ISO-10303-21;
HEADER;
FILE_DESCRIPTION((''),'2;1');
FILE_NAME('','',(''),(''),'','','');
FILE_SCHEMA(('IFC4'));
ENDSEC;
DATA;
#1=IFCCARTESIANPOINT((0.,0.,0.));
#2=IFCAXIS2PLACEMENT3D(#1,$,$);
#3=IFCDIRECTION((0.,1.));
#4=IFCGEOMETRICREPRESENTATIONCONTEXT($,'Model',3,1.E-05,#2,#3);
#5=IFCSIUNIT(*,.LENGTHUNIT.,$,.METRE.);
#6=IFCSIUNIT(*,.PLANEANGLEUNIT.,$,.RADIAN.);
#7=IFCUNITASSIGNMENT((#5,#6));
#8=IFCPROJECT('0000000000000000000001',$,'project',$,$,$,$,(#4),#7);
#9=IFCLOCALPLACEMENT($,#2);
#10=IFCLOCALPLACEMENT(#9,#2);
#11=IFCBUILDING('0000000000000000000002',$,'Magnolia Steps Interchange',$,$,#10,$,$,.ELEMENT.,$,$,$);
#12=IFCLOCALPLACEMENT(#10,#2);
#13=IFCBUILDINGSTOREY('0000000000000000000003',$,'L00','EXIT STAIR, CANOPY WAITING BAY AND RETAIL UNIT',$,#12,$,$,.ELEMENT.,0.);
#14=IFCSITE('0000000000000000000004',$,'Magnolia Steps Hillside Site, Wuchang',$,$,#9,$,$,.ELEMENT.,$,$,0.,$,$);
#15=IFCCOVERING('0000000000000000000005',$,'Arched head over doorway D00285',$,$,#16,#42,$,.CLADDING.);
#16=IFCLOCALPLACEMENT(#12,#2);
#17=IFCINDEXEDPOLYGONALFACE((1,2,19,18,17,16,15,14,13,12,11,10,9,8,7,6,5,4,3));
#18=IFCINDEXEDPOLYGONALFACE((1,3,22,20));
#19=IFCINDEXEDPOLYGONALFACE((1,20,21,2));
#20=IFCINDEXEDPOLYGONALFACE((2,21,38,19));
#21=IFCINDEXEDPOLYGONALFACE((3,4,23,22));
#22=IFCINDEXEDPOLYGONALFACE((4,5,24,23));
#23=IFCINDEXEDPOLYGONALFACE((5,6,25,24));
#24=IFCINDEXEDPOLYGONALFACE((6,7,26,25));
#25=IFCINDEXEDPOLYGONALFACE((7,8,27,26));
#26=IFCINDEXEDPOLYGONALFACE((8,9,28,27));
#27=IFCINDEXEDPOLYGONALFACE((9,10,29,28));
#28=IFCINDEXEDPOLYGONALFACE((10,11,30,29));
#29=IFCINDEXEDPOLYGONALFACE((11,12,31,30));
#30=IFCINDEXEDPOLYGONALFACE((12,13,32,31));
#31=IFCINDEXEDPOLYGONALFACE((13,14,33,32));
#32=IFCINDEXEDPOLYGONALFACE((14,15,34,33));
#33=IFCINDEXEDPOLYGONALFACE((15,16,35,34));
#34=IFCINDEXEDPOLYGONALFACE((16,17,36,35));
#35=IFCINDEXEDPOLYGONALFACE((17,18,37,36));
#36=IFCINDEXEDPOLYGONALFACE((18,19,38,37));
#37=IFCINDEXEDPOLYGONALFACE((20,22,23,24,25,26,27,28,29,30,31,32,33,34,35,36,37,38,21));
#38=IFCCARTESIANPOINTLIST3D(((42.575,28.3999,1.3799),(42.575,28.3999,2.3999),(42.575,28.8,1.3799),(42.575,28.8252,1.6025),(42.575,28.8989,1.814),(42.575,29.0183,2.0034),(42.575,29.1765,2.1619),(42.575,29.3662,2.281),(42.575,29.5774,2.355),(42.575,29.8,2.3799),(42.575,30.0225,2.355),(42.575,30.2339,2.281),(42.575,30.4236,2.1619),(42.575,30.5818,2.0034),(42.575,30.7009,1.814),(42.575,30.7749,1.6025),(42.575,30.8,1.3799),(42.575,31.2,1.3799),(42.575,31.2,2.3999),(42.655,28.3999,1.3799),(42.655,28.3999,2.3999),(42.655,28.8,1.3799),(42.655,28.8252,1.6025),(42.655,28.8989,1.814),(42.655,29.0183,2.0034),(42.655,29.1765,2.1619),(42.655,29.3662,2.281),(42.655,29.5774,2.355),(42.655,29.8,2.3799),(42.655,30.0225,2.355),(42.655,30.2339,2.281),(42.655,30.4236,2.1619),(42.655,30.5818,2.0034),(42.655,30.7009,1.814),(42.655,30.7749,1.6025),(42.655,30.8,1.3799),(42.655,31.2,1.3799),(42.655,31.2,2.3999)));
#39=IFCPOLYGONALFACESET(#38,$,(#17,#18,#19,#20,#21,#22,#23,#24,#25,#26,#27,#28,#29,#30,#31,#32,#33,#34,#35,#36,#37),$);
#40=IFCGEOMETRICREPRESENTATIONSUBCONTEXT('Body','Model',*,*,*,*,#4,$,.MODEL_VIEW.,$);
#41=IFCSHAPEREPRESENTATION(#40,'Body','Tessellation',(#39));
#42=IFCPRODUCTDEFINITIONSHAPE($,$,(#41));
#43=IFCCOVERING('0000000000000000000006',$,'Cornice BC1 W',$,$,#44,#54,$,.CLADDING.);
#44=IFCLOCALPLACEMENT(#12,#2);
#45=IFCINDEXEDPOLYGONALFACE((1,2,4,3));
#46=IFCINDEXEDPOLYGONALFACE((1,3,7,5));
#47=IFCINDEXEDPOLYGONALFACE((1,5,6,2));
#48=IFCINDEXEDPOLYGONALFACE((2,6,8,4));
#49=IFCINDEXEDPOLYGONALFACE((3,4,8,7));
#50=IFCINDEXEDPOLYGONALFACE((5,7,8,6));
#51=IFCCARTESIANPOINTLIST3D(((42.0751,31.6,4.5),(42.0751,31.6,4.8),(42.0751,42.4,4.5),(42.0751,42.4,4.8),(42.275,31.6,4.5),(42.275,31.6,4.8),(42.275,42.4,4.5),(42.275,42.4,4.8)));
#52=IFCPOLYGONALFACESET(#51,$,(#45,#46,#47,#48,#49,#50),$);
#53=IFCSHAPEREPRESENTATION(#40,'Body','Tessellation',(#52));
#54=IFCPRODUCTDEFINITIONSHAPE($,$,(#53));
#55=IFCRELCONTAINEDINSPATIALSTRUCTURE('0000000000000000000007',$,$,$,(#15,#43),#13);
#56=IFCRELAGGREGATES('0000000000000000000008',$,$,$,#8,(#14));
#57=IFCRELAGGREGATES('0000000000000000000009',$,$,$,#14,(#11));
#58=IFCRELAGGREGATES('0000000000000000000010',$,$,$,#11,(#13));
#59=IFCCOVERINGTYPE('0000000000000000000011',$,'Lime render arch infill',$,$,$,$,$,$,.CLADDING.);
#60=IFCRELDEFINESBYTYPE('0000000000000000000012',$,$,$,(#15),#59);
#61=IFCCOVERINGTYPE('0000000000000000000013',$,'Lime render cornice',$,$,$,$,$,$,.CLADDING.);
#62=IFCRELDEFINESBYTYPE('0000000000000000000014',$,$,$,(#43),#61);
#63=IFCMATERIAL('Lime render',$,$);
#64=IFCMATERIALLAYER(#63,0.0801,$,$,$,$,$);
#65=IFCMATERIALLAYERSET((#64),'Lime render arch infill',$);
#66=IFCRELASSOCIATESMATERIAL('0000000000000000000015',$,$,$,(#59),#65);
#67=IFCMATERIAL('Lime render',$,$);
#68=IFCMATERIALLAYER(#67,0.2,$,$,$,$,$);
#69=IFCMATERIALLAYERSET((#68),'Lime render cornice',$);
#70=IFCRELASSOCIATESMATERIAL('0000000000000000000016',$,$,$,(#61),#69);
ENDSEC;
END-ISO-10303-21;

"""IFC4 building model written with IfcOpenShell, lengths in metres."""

from ifc_helpers import new_model, si_unit, direction, frame, origin, origin_2d, place, context, subcontext, project, spatial, polyline, rectangle, outline, extrude, material, layer, layer_set, type_object, element, save


model = new_model("IFC4")

# Units and contexts
model_context = context("Model", 3, precision=1e-05, world=origin(), true_north=direction((0.0, 1.0)))
body_context = subcontext(model_context, "Body", "Model", "MODEL_VIEW")
ifc_project = project(units=[si_unit("LENGTHUNIT", "METRE"), si_unit("PLANEANGLEUNIT", "RADIAN")], contexts=[model_context])

# Site, building, storey
site_placement = place(None, origin())
site = spatial("IfcSite", under=ifc_project, at=site_placement, Name="Magnolia Steps Hillside Site, Wuchang", CompositionType="ELEMENT", RefElevation=0.0)
building_placement = place(site_placement, origin())
building = spatial("IfcBuilding", under=site, at=building_placement, Name="Magnolia Steps Interchange", CompositionType="ELEMENT")
storey_placement = place(building_placement, origin())
storey = spatial("IfcBuildingStorey", under=building, at=storey_placement, Name="L00", Description="EXIT STAIR, CANOPY WAITING BAY AND RETAIL UNIT", CompositionType="ELEMENT", Elevation=0.0)

# Coverings
ifc_material_1 = material(Name="Lime render")
ifc_layer_1 = layer(ifc_material_1, 0.0801)
ifc_layer_set_1 = layer_set([ifc_layer_1], Name="Lime render arch infill")
covering_type_1 = type_object("IfcCoveringType", Name="Lime render arch infill", PredefinedType="CLADDING", material=ifc_layer_set_1)
covering_1_placement = place(storey_placement, frame((42.575, 28.3999, 1.3799), z_axis=(-1.0, 0.0, 0.0), x_axis=(0.0, 0.0, 1.0)))
element("IfcCovering", 1, at=covering_1_placement, inside=storey, type_object=covering_type_1, Name="Arched head over doorway D00285", PredefinedType="CLADDING", context=body_context, shape_type="SweptSolid", body=[
    extrude(outline(polyline([(0.0, 0.0), (1.02, 0.0), (1.02, 2.8), (0.0, 2.8), (0.0, 2.4001), (0.2227, 2.375), (0.4341, 2.301), (0.6235, 2.1819), (0.782, 2.0237), (0.9011, 1.834), (0.9751, 1.6226), (1.0, 1.4001), (0.9751, 1.1775), (0.9011, 0.9663), (0.782, 0.7766), (0.6235, 0.6184), (0.4341, 0.499), (0.2227, 0.4253), (0.0, 0.4001), (0.0, 0.0)])), origin(), (0.0, 0.0, -1.0), 0.0801),
])
ifc_material_2 = material(Name="Lime render")
ifc_layer_2 = layer(ifc_material_2, 0.2)
ifc_layer_set_2 = layer_set([ifc_layer_2], Name="Lime render cornice")
covering_type_2 = type_object("IfcCoveringType", Name="Lime render cornice", PredefinedType="CLADDING", material=ifc_layer_set_2)
covering_2_placement = place(storey_placement, frame((42.175, 37.0, 4.5), z_axis=(0.0, 0.0, 1.0), x_axis=(1.0, 0.0, 0.0)))
element("IfcCovering", 2, at=covering_2_placement, inside=storey, type_object=covering_type_2, Name="Cornice BC1 W", PredefinedType="CLADDING", context=body_context, shape_type="SweptSolid", body=[
    extrude(rectangle(XDim=0.2, YDim=10.8, at=origin_2d()), origin(), (0.0, 0.0, 1.0), 0.3),
])

save(model, "model.ifc")
